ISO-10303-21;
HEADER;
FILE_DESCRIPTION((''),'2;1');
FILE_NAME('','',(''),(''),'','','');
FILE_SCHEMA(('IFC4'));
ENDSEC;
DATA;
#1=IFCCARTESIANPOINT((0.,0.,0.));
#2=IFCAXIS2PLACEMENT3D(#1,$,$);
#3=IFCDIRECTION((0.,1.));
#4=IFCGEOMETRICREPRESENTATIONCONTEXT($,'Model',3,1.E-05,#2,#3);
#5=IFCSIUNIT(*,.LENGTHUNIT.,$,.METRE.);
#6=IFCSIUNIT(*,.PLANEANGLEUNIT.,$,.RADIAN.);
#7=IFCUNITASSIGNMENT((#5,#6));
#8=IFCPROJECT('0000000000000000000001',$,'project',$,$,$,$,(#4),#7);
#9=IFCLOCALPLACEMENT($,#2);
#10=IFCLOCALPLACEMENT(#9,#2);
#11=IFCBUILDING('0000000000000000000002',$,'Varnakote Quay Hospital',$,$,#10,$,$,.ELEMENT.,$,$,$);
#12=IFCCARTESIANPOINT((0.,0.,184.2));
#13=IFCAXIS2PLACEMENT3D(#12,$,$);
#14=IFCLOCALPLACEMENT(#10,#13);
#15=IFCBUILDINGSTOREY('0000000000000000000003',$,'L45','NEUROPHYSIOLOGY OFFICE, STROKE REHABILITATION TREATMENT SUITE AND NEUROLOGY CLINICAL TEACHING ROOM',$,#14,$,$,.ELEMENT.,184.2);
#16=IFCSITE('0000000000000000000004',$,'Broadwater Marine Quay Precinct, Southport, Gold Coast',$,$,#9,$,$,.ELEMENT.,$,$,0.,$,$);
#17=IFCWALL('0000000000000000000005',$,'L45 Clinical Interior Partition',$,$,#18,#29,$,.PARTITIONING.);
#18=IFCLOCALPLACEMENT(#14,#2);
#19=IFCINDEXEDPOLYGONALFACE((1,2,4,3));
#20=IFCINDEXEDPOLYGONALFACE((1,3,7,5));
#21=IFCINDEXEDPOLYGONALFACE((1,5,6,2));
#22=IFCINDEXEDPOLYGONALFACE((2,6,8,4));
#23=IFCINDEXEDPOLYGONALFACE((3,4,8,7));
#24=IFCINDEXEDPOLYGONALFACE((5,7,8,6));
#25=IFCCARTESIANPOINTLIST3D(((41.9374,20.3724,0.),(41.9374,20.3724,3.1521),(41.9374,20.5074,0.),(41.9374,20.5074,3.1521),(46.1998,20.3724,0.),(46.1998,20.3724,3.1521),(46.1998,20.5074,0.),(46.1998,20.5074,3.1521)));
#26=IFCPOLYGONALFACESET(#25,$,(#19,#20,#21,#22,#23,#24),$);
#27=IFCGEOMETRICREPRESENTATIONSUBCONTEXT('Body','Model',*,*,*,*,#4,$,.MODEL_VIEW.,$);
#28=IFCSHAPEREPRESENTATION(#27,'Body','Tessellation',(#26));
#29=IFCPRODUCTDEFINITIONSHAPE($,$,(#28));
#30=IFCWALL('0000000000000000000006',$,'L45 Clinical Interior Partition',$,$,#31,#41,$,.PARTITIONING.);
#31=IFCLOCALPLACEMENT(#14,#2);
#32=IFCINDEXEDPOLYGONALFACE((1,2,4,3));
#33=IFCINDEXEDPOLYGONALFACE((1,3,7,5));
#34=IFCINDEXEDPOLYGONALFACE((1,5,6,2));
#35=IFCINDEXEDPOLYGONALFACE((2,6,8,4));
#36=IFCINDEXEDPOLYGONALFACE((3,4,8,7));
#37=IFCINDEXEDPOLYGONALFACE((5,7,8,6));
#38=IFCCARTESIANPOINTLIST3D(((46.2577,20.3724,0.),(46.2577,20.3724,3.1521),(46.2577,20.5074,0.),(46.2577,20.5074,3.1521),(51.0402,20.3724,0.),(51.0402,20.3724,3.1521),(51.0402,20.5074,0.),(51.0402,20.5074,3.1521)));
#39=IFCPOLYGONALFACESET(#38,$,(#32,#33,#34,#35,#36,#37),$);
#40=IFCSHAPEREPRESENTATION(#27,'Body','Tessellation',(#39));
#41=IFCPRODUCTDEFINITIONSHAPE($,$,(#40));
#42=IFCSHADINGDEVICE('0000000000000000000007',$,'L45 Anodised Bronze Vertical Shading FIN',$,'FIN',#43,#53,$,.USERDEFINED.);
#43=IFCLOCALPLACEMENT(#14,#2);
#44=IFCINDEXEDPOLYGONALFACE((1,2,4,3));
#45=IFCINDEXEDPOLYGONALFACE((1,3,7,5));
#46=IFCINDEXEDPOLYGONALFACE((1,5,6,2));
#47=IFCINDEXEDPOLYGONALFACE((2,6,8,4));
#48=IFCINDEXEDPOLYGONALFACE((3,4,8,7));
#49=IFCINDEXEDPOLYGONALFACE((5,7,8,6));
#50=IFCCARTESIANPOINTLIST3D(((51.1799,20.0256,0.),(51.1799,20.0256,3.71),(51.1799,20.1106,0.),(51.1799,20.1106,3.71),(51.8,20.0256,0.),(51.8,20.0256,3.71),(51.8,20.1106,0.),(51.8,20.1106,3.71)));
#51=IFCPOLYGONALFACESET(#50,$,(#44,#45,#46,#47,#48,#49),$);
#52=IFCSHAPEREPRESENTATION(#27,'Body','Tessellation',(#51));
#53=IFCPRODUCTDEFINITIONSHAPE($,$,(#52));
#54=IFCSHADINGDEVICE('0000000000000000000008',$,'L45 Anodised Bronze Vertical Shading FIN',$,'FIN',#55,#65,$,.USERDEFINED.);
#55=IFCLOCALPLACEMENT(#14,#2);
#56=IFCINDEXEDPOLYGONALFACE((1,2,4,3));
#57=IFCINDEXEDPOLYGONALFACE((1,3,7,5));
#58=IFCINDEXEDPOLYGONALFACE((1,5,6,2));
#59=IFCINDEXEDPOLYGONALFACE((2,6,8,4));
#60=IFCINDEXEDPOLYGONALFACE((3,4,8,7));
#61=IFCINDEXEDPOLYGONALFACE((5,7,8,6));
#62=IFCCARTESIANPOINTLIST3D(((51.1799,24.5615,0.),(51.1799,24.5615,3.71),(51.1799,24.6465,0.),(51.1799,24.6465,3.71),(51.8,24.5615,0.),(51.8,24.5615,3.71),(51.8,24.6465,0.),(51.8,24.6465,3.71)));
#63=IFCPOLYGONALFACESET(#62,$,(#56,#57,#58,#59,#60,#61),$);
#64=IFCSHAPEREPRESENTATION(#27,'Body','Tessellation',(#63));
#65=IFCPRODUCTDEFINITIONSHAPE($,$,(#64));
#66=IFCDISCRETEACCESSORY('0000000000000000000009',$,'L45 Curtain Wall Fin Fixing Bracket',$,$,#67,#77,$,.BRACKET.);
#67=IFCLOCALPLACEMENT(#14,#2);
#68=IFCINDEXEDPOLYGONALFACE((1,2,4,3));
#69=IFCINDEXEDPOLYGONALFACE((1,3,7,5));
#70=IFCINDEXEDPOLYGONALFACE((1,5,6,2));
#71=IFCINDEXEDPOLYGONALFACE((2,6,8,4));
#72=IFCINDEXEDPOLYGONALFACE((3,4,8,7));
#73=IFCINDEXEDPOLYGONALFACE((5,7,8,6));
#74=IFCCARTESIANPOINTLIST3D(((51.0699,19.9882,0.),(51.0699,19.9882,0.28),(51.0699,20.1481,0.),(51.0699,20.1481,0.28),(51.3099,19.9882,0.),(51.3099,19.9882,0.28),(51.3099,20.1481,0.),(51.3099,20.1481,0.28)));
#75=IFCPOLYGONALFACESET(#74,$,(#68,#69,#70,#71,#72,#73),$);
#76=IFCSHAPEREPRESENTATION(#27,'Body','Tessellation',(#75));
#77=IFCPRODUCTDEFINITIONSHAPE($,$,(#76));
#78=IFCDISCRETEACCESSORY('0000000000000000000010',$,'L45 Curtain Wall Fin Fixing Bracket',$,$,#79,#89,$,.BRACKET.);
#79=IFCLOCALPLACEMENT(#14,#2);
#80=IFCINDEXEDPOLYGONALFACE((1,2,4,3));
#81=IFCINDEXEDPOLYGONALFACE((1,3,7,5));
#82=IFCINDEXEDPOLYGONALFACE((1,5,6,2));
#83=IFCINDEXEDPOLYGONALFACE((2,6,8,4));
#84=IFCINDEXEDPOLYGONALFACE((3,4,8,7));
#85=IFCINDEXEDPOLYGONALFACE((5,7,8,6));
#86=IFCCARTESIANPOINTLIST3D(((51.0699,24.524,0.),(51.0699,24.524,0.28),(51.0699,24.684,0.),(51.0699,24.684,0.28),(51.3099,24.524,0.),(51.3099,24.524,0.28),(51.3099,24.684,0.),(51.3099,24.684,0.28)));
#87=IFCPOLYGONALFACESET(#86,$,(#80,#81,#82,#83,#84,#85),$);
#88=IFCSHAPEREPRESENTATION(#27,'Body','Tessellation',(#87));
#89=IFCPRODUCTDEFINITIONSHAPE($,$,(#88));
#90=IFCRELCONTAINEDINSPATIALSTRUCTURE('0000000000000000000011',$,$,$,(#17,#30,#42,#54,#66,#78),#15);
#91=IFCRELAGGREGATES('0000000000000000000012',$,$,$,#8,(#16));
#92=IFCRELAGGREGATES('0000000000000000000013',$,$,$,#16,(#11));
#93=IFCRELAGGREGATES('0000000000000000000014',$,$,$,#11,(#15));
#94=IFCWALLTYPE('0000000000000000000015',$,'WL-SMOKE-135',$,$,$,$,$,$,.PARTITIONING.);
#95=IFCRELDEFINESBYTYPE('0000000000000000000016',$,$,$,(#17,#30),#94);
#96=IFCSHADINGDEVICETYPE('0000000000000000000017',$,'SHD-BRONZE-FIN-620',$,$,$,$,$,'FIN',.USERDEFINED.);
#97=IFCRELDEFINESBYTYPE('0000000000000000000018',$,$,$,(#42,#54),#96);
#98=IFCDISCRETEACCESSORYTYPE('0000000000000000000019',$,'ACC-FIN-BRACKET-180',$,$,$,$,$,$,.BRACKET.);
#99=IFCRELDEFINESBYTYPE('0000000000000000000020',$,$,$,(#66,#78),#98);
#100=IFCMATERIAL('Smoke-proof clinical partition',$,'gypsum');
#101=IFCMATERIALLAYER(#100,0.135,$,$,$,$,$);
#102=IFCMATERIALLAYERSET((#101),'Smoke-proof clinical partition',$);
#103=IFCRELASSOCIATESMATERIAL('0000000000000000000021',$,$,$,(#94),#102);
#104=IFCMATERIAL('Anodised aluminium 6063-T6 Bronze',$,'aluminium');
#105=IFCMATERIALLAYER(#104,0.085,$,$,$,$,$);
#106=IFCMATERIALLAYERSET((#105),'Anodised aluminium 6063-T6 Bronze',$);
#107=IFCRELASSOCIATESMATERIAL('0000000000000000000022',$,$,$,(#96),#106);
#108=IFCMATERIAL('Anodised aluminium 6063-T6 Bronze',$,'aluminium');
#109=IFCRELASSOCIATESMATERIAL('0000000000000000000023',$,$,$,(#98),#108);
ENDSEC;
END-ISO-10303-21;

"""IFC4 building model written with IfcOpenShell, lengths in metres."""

from ifc_helpers import new_model, si_unit, direction, frame, frame_2d, origin, origin_2d, place, context, subcontext, project, spatial, rectangle, extrude, material, layer, layer_set, type_object, element, save


model = new_model("IFC4")

# Units and contexts
model_context = context("Model", 3, precision=1e-05, world=origin(), true_north=direction((0.0, 1.0)))
body_context = subcontext(model_context, "Body", "Model", "MODEL_VIEW")
ifc_project = project(units=[si_unit("LENGTHUNIT", "METRE"), si_unit("PLANEANGLEUNIT", "RADIAN")], contexts=[model_context])

# Site, building, storey
site_placement = place(None, origin())
site = spatial("IfcSite", under=ifc_project, at=site_placement, Name="Broadwater Marine Quay Precinct, Southport, Gold Coast", CompositionType="ELEMENT", RefElevation=0.0)
building_placement = place(site_placement, origin())
building = spatial("IfcBuilding", under=site, at=building_placement, Name="Varnakote Quay Hospital", CompositionType="ELEMENT")
storey_placement = place(building_placement, frame((0.0, 0.0, 184.2)))
storey = spatial("IfcBuildingStorey", under=building, at=storey_placement, Name="L45", Description="NEUROPHYSIOLOGY OFFICE, STROKE REHABILITATION TREATMENT SUITE AND NEUROLOGY CLINICAL TEACHING ROOM", CompositionType="ELEMENT", Elevation=184.2)

# Walls
ifc_material_1 = material(Name="Smoke-proof clinical partition", Category="gypsum")
ifc_layer_1 = layer(ifc_material_1, 0.135)
ifc_layer_set_1 = layer_set([ifc_layer_1], Name="Smoke-proof clinical partition")
wall_type_1 = type_object("IfcWallType", Name="WL-SMOKE-135", PredefinedType="PARTITIONING", material=ifc_layer_set_1)
wall_1_placement = place(storey_placement, frame((46.2, 20.4399, 0.0), z_axis=(0.0, 0.0, 1.0), x_axis=(-1.0, 0.0, 0.0)))
element("IfcWall", 1, at=wall_1_placement, inside=storey, type_object=wall_type_1, Name="L45 Clinical Interior Partition", PredefinedType="PARTITIONING", context=body_context, shape_type="SweptSolid", body=[
    extrude(rectangle(XDim=4.2625, YDim=0.135, at=frame_2d((2.1313, 0.0))), origin(), (0.0, 0.0, 1.0), 3.1521),
])
wall_2_placement = place(storey_placement, frame((51.04, 20.4399, 0.0), z_axis=(0.0, 0.0, 1.0), x_axis=(-1.0, 0.0, 0.0)))
element("IfcWall", 2, at=wall_2_placement, inside=storey, type_object=wall_type_1, Name="L45 Clinical Interior Partition", PredefinedType="PARTITIONING", context=body_context, shape_type="SweptSolid", body=[
    extrude(rectangle(XDim=4.7825, YDim=0.135, at=frame_2d((2.3911, 0.0))), origin(), (0.0, 0.0, 1.0), 3.1521),
])

# Shading devices
ifc_material_2 = material(Name="Anodised aluminium 6063-T6 Bronze", Category="aluminium")
ifc_layer_2 = layer(ifc_material_2, 0.085)
ifc_layer_set_2 = layer_set([ifc_layer_2], Name="Anodised aluminium 6063-T6 Bronze")
shading_device_type = type_object("IfcShadingDeviceType", Name="SHD-BRONZE-FIN-620", ElementType="FIN", PredefinedType="USERDEFINED", material=ifc_layer_set_2)
for number, where, z_axis, x_axis, name in (
    (3, (51.49, 20.0681, 0.0), (0.0, 0.0, 1.0), (-1.0, 0.0, 0.0), "L45 Anodised Bronze Vertical Shading FIN"),
    (4, (51.49, 24.604, 0.0), (0.0, 0.0, 1.0), (-1.0, 0.0, 0.0), "L45 Anodised Bronze Vertical Shading FIN"),
):
    element("IfcShadingDevice", number, at=place(storey_placement, frame(where, z_axis=z_axis, x_axis=x_axis)), inside=storey, type_object=shading_device_type, Name=name, ObjectType="FIN", PredefinedType="USERDEFINED", context=body_context, shape_type="SweptSolid", body=[
        extrude(rectangle(XDim=0.6201, YDim=0.085, at=origin_2d()), origin(), (0.0, 0.0, 1.0), 3.71),
    ])

# Discrete accessories
ifc_material_3 = material(Name="Anodised aluminium 6063-T6 Bronze", Category="aluminium")
discrete_accessory_type = type_object("IfcDiscreteAccessoryType", Name="ACC-FIN-BRACKET-180", PredefinedType="BRACKET", material=ifc_material_3)
for number, where, z_axis, x_axis, name in (
    (5, (51.1899, 20.0681, 0.0), (0.0, 0.0, 1.0), (0.0, 1.0, 0.0), "L45 Curtain Wall Fin Fixing Bracket"),
    (6, (51.1899, 24.604, 0.0), (0.0, 0.0, 1.0), (0.0, 1.0, 0.0), "L45 Curtain Wall Fin Fixing Bracket"),
):
    element("IfcDiscreteAccessory", number, at=place(storey_placement, frame(where, z_axis=z_axis, x_axis=x_axis)), inside=storey, type_object=discrete_accessory_type, Name=name, PredefinedType="BRACKET", context=body_context, shape_type="SweptSolid", body=[
        extrude(rectangle(XDim=0.1599, YDim=0.24, at=origin_2d()), origin(), (0.0, 0.0, 1.0), 0.28),
    ])

save(model, "model.ifc")
